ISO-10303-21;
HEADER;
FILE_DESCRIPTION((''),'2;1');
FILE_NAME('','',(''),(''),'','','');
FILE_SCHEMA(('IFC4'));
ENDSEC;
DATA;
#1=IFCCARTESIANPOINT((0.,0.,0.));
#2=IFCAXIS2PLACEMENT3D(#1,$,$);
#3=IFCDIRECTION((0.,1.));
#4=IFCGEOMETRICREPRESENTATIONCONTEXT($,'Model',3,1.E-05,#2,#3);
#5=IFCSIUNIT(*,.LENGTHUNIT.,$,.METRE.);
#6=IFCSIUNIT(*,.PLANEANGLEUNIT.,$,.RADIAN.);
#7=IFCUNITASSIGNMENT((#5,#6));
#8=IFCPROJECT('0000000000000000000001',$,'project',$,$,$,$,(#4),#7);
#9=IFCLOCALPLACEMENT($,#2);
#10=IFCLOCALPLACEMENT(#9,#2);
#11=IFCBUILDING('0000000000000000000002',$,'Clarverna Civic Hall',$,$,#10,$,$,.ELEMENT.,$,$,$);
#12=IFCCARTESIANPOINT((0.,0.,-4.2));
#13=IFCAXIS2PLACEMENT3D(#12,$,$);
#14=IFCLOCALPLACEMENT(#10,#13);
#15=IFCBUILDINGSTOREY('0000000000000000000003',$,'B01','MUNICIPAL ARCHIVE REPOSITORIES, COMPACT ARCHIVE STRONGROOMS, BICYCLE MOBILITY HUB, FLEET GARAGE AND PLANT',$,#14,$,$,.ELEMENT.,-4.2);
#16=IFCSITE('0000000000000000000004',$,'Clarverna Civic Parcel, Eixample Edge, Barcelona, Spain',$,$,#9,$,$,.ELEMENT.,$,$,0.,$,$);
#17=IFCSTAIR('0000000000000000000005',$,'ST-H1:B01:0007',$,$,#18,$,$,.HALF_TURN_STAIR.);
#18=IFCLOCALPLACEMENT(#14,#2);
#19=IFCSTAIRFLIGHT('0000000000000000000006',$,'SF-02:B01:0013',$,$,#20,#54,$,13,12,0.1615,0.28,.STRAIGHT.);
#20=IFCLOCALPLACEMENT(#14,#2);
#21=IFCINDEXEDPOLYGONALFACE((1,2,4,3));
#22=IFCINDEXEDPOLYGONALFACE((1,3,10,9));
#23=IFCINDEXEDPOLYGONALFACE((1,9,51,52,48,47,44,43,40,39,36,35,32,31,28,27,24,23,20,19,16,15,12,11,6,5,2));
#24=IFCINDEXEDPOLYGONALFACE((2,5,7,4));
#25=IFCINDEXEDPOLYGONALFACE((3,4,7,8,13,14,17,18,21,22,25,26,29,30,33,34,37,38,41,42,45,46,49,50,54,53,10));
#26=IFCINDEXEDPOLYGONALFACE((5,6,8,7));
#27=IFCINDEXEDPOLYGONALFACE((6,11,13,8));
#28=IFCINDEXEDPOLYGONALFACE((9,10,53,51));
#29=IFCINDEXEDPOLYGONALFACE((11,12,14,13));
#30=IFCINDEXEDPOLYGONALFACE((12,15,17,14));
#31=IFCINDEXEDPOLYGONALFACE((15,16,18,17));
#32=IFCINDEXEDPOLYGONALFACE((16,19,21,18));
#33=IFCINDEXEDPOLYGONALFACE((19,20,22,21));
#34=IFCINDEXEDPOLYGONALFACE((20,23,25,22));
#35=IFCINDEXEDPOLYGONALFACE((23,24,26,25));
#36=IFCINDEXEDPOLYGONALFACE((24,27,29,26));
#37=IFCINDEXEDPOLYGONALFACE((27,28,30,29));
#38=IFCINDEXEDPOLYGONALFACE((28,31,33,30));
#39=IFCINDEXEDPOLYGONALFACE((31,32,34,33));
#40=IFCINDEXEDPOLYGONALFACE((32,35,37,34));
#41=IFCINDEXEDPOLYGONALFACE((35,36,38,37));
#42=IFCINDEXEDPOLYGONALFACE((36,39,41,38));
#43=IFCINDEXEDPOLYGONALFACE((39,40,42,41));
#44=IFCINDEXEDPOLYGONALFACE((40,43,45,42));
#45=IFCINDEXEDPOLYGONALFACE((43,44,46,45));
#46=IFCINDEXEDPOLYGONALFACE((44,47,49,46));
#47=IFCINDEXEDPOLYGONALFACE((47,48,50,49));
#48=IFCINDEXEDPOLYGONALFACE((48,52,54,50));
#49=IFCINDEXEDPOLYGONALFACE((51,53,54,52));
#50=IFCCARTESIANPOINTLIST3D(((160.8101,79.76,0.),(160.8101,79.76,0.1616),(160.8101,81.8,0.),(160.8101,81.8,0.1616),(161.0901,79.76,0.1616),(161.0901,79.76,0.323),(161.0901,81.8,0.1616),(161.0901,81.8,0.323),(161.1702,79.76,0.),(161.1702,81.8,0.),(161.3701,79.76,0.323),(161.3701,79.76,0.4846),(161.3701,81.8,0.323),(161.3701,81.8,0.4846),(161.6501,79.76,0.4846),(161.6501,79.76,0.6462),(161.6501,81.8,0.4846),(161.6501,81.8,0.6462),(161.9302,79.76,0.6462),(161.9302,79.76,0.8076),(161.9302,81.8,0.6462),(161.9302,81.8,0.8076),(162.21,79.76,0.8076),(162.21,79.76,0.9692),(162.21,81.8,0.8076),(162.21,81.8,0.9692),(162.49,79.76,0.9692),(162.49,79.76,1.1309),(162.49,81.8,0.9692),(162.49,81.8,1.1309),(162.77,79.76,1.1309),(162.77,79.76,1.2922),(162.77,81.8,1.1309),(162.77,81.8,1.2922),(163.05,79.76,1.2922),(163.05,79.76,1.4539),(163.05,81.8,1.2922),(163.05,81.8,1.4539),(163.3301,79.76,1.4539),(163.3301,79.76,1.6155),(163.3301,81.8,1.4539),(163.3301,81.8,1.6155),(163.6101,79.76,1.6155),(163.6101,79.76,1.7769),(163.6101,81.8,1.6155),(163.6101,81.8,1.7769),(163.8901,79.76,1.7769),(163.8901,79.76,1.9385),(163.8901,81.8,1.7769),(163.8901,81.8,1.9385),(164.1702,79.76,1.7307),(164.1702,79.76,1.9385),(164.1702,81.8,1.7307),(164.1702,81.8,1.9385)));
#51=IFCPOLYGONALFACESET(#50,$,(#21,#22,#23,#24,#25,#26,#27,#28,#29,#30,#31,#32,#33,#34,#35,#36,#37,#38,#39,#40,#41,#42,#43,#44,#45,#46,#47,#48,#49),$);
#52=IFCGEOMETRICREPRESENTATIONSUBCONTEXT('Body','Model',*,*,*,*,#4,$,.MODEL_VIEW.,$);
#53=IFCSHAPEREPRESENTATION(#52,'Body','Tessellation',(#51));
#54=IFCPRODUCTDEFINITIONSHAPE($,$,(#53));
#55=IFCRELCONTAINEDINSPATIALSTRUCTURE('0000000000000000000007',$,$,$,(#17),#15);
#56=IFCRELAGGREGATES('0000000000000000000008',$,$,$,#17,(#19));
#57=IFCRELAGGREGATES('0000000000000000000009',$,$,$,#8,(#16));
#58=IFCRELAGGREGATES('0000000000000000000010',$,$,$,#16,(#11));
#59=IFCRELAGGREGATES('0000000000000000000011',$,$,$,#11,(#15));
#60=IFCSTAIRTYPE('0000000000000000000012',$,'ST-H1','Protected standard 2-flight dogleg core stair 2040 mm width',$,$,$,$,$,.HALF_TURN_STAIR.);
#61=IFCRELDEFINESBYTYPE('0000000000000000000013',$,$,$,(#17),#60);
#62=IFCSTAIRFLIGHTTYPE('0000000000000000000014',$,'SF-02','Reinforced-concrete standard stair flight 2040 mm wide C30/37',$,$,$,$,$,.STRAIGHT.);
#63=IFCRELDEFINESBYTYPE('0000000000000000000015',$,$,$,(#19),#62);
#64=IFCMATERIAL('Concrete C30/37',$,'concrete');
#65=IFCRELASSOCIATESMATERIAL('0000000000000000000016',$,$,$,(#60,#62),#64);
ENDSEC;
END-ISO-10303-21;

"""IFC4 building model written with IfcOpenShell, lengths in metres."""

from ifc_helpers import new_model, si_unit, direction, frame, origin, place, context, subcontext, project, spatial, polyline, outline, extrude, material, type_object, element, aggregate, save


model = new_model("IFC4")

# Units and contexts
model_context = context("Model", 3, precision=1e-05, world=origin(), true_north=direction((0.0, 1.0)))
body_context = subcontext(model_context, "Body", "Model", "MODEL_VIEW")
ifc_project = project(units=[si_unit("LENGTHUNIT", "METRE"), si_unit("PLANEANGLEUNIT", "RADIAN")], contexts=[model_context])

# Site, building, storey
site_placement = place(None, origin())
site = spatial("IfcSite", under=ifc_project, at=site_placement, Name="Clarverna Civic Parcel, Eixample Edge, Barcelona, Spain", CompositionType="ELEMENT", RefElevation=0.0)
building_placement = place(site_placement, origin())
building = spatial("IfcBuilding", under=site, at=building_placement, Name="Clarverna Civic Hall", CompositionType="ELEMENT")
storey_placement = place(building_placement, frame((0.0, 0.0, -4.2)))
storey = spatial("IfcBuildingStorey", under=building, at=storey_placement, Name="B01", Description="MUNICIPAL ARCHIVE REPOSITORIES, COMPACT ARCHIVE STRONGROOMS, BICYCLE MOBILITY HUB, FLEET GARAGE AND PLANT", CompositionType="ELEMENT", Elevation=-4.2)

# Shared definitions
ifc_material_1 = material(Name="Concrete C30/37", Category="concrete")

# Stair, stair flight
stair_type = type_object("IfcStairType", Name="ST-H1", Description="Protected standard 2-flight dogleg core stair 2040 mm width", PredefinedType="HALF_TURN_STAIR", material=ifc_material_1)
stair_placement = place(storey_placement, origin())
stair = element("IfcStair", 1, at=stair_placement, inside=storey, type_object=stair_type, Name="ST-H1:B01:0007", PredefinedType="HALF_TURN_STAIR")
stair_flight_type = type_object("IfcStairFlightType", Name="SF-02", Description="Reinforced-concrete standard stair flight 2040 mm wide C30/37", PredefinedType="STRAIGHT", material=ifc_material_1)
stair_flight_placement = place(storey_placement, frame((160.8101, 80.78, 0.0), z_axis=(0.0, 0.0, 1.0), x_axis=(1.0, 0.0, 0.0)))
stair_flight = element("IfcStairFlight", 2, at=stair_flight_placement, type_object=stair_flight_type, Name="SF-02:B01:0013", NumberOfRisers=13, NumberOfTreads=12, PredefinedType="STRAIGHT", RiserHeight=0.1615, TreadLength=0.28, context=body_context, shape_type="SweptSolid", body=[
    extrude(outline(polyline([(0.0, 0.0), (0.0, 0.1616), (0.28, 0.1616), (0.28, 0.323), (0.5601, 0.323), (0.5601, 0.4846), (0.8401, 0.4846), (0.8401, 0.6462), (1.1201, 0.6462), (1.1201, 0.8076), (1.3999, 0.8076), (1.3999, 0.9692), (1.6799, 0.9692), (1.6799, 1.1309), (1.96, 1.1309), (1.96, 1.2922), (2.24, 1.2922), (2.24, 1.4539), (2.52, 1.4539), (2.52, 1.6155), (2.8, 1.6155), (2.8, 1.7769), (3.0801, 1.7769), (3.0801, 1.9385), (3.3601, 1.9385), (3.3601, 2.1001), (3.3601, 1.7307), (0.3601, 0.0), (0.0, 0.0)])), frame((0.0, 1.02, 0.0), z_axis=(0.0, -1.0, 0.0), x_axis=(1.0, 0.0, 0.0)), (0.0, 0.0, 1.0), 2.04),
])
aggregate(stair, [stair_flight])

save(model, "model.ifc")
